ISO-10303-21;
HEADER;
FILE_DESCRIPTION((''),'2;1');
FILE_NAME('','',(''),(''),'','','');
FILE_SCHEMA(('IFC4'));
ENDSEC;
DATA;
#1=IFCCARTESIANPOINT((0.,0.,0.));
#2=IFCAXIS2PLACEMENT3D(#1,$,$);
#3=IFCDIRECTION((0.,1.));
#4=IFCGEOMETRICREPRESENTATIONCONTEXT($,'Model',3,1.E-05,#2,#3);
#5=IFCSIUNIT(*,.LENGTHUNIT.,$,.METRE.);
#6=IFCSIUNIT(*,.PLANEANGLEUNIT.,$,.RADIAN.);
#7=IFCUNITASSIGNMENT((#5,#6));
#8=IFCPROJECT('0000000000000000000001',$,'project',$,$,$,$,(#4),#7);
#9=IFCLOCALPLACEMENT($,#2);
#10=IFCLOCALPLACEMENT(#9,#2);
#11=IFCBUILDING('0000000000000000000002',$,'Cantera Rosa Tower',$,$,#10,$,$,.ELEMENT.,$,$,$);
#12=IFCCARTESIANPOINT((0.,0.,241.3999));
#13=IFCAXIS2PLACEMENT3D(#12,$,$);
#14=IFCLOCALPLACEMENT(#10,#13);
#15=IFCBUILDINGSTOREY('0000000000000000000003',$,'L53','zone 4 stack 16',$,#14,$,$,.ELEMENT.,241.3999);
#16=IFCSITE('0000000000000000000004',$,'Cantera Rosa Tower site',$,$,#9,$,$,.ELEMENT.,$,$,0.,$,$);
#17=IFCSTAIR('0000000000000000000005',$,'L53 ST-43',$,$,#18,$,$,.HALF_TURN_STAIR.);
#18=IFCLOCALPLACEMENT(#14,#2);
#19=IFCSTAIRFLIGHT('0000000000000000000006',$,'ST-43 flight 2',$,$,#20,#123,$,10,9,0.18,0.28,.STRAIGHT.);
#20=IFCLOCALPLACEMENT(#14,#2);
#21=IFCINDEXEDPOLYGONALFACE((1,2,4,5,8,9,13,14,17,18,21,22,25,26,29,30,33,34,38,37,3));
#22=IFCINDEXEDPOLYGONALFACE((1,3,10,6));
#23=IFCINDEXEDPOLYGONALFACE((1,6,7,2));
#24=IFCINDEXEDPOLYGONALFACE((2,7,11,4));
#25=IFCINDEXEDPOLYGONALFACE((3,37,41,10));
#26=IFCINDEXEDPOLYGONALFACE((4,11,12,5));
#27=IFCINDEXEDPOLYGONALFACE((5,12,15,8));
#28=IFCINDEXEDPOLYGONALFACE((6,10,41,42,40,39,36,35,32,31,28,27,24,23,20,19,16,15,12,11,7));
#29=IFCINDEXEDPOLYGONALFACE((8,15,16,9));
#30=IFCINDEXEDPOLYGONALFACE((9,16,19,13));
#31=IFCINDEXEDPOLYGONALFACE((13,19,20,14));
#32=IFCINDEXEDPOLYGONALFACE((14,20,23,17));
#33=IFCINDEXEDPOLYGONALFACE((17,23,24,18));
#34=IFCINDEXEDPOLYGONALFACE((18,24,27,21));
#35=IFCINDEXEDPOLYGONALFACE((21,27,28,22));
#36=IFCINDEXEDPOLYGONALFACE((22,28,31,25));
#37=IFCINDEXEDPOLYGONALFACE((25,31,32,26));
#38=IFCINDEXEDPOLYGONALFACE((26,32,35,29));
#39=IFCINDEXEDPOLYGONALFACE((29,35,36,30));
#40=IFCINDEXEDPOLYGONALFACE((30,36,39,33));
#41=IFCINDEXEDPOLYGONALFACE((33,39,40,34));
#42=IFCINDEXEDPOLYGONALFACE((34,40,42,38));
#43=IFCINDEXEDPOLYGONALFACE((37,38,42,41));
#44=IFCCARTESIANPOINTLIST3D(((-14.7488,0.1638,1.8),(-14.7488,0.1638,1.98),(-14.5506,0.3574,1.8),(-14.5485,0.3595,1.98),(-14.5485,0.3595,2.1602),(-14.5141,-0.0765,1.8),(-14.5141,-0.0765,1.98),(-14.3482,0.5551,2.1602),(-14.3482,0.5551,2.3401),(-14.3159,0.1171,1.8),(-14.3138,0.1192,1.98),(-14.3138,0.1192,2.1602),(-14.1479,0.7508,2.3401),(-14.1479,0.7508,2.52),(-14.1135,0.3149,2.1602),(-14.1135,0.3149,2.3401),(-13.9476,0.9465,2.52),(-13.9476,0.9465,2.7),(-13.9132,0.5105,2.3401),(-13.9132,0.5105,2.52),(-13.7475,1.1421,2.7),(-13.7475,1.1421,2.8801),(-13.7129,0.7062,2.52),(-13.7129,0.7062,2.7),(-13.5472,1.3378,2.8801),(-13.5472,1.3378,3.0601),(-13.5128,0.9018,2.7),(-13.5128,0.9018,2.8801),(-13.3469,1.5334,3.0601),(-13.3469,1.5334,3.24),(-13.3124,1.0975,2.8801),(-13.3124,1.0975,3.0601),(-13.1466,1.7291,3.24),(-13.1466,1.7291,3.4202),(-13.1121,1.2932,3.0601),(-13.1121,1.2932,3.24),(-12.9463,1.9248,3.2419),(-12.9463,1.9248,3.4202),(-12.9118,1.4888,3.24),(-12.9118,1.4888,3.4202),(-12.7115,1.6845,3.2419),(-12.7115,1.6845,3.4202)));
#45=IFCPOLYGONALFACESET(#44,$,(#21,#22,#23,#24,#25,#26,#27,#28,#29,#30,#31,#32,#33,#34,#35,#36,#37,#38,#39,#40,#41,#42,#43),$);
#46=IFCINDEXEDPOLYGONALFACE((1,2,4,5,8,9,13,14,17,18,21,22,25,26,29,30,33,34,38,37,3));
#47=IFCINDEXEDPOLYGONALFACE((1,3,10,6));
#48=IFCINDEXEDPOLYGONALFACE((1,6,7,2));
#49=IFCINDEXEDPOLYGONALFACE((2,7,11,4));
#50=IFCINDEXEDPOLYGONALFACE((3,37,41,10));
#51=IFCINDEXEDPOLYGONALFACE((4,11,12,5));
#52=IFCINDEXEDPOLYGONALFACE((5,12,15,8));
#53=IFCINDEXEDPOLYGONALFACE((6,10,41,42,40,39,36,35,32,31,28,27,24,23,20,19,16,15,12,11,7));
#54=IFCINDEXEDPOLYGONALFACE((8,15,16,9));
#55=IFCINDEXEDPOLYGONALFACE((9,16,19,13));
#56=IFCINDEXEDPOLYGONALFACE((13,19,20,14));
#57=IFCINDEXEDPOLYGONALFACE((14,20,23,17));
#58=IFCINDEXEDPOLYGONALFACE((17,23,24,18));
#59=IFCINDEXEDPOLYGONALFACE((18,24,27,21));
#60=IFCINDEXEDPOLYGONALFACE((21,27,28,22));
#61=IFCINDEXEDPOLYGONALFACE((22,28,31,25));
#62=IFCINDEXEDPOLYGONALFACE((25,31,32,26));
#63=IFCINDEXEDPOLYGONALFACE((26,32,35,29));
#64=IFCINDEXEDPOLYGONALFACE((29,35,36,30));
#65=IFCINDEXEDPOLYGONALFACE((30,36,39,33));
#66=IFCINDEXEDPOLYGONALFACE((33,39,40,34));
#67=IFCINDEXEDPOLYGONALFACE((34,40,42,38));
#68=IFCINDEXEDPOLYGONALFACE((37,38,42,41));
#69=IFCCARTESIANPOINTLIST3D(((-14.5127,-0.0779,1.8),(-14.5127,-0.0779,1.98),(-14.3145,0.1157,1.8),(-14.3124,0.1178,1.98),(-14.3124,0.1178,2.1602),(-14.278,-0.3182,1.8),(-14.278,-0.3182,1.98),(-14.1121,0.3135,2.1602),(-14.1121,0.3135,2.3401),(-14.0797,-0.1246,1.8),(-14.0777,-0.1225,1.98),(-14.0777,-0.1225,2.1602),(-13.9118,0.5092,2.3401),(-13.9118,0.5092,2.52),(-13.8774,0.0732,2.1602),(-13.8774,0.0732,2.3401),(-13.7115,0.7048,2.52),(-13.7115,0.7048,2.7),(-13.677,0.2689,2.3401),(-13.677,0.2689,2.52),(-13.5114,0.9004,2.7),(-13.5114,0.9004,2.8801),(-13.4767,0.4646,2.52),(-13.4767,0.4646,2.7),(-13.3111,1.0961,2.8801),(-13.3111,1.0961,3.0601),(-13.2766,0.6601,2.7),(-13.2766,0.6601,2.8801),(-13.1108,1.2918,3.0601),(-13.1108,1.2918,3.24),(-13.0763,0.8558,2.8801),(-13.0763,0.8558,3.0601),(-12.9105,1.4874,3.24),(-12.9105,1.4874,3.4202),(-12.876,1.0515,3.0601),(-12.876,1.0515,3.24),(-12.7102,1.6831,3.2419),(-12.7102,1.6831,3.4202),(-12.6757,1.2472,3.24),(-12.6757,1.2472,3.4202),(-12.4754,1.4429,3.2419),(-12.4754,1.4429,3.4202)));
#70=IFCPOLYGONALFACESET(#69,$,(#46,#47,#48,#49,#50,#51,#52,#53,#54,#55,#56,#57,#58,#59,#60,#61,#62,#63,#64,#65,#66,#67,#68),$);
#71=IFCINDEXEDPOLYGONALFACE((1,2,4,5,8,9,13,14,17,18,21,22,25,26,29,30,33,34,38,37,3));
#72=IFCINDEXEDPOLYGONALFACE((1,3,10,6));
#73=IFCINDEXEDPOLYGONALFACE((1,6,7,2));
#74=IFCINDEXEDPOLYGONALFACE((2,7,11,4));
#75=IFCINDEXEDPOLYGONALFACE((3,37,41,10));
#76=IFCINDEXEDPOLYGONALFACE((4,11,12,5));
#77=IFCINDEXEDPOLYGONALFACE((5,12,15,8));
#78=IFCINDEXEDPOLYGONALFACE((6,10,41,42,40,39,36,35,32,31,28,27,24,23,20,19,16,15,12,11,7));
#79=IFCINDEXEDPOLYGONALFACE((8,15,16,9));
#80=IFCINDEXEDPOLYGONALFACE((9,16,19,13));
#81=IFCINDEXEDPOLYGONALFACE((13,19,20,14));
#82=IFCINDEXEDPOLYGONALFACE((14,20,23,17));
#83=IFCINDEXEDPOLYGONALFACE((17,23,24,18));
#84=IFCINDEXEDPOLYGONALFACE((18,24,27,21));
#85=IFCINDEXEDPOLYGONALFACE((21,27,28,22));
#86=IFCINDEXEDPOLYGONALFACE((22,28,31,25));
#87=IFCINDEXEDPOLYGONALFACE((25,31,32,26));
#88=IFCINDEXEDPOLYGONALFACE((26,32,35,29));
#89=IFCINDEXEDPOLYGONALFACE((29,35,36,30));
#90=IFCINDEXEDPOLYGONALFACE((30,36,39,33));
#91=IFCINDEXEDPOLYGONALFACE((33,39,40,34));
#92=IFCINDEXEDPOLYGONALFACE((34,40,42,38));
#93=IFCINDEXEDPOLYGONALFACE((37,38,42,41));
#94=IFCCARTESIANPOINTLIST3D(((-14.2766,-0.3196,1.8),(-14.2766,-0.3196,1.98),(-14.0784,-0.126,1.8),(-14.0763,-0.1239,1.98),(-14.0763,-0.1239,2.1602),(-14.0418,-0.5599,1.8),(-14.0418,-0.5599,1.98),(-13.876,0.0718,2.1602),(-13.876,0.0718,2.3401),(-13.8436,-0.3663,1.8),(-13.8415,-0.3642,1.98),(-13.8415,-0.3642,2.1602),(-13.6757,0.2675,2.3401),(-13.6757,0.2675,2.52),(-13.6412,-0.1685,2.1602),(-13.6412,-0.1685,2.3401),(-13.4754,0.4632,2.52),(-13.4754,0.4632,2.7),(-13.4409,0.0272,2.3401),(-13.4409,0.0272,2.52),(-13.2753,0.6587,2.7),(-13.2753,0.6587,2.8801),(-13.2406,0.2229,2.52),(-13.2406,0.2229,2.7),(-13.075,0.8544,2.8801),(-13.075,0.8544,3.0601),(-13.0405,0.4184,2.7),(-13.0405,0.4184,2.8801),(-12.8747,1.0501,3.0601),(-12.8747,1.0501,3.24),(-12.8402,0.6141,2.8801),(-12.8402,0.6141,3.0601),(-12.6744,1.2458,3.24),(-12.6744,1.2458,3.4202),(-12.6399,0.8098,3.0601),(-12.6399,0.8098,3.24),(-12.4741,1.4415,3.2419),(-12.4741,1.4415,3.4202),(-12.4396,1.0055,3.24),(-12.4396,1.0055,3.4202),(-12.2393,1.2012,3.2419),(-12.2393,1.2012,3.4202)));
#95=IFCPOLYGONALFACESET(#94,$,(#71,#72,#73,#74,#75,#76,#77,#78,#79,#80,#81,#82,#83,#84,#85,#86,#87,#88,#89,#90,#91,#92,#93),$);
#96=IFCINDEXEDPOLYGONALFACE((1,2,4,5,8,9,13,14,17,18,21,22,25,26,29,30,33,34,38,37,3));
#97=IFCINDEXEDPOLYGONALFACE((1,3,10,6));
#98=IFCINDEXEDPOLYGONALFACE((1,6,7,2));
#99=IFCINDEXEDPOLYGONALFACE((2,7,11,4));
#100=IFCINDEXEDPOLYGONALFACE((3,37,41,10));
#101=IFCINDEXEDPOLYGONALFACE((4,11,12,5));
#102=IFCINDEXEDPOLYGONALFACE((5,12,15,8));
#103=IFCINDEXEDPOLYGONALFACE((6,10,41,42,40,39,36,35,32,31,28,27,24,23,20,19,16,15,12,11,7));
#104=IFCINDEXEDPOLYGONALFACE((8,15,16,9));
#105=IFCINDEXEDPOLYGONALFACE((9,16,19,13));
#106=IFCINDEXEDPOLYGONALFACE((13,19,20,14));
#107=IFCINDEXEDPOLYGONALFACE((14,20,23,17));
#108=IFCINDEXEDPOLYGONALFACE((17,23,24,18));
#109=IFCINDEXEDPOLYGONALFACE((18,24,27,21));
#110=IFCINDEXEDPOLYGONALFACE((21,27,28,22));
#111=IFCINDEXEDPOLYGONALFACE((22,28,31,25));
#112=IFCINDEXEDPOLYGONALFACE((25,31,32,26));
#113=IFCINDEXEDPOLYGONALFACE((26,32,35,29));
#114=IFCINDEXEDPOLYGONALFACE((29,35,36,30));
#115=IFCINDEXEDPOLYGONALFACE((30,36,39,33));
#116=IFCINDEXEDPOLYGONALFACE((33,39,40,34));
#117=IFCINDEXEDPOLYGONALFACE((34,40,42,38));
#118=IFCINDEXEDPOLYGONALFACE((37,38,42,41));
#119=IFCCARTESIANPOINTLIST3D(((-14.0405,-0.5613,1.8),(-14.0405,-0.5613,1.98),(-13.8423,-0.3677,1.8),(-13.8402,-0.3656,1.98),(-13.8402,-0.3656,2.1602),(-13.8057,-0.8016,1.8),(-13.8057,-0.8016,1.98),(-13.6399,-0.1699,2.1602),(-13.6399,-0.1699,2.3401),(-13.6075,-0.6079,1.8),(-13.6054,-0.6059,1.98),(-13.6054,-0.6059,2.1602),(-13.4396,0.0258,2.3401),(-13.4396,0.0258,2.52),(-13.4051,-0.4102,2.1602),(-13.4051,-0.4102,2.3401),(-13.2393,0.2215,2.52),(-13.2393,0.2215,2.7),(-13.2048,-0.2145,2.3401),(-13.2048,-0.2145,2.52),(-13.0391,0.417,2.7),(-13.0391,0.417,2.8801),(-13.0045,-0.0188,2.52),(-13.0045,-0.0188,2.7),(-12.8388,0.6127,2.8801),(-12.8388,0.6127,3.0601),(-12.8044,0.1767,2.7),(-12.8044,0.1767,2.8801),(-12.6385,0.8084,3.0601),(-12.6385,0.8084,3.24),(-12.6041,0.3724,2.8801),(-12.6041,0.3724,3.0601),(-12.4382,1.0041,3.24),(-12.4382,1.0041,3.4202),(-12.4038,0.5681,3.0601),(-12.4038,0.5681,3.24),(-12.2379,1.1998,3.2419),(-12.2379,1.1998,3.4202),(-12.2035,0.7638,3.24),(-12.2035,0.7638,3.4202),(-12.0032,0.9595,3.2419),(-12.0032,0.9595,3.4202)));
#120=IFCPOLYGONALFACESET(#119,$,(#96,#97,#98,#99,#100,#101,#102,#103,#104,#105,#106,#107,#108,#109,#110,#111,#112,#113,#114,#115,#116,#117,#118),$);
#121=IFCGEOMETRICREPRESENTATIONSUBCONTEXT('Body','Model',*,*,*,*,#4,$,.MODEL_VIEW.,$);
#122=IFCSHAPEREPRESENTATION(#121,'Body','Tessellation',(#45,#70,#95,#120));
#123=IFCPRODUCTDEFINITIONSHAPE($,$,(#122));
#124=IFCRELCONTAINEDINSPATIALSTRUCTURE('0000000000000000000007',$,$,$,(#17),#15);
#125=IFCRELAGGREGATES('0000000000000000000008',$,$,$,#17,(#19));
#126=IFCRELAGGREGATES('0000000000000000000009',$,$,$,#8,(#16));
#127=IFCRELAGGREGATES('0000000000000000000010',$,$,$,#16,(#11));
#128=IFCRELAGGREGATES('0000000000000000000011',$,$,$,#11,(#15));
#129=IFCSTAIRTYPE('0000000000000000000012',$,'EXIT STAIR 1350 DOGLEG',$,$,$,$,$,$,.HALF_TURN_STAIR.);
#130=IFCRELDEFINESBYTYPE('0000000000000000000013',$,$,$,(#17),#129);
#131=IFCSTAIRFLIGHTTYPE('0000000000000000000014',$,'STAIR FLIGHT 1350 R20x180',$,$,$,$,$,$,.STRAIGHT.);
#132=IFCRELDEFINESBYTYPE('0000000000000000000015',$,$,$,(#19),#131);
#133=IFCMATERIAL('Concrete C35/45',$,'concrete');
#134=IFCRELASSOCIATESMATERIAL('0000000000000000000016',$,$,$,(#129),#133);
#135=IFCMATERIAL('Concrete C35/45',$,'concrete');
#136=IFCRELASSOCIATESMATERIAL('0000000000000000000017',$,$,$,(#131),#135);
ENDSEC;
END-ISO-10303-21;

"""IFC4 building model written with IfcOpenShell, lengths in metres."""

from ifc_helpers import new_model, si_unit, direction, frame, origin, place, context, subcontext, project, spatial, polyline, outline, extrude, material, type_object, element, aggregate, save


model = new_model("IFC4")

# Units and contexts
model_context = context("Model", 3, precision=1e-05, world=origin(), true_north=direction((0.0, 1.0)))
body_context = subcontext(model_context, "Body", "Model", "MODEL_VIEW")
ifc_project = project(units=[si_unit("LENGTHUNIT", "METRE"), si_unit("PLANEANGLEUNIT", "RADIAN")], contexts=[model_context])

# Site, building, storey
site_placement = place(None, origin())
site = spatial("IfcSite", under=ifc_project, at=site_placement, Name="Cantera Rosa Tower site", CompositionType="ELEMENT", RefElevation=0.0)
building_placement = place(site_placement, origin())
building = spatial("IfcBuilding", under=site, at=building_placement, Name="Cantera Rosa Tower", CompositionType="ELEMENT")
storey_placement = place(building_placement, frame((0.0, 0.0, 241.3999)))
storey = spatial("IfcBuildingStorey", under=building, at=storey_placement, Name="L53", Description="zone 4 stack 16", CompositionType="ELEMENT", Elevation=241.3999)

# Stair, stair flight
ifc_material_1 = material(Name="Concrete C35/45", Category="concrete")
stair_type = type_object("IfcStairType", Name="EXIT STAIR 1350 DOGLEG", PredefinedType="HALF_TURN_STAIR", material=ifc_material_1)
stair_placement = place(storey_placement, origin())
stair = element("IfcStair", 1, at=stair_placement, inside=storey, type_object=stair_type, Name="L53 ST-43", PredefinedType="HALF_TURN_STAIR")
ifc_material_2 = material(Name="Concrete C35/45", Category="concrete")
stair_flight_type = type_object("IfcStairFlightType", Name="STAIR FLIGHT 1350 R20x180", PredefinedType="STRAIGHT", material=ifc_material_2)
stair_flight_1_placement = place(storey_placement, frame((-14.2771, -0.3191, 1.8), z_axis=(0.0, 0.0, 1.0), x_axis=(0.715286, 0.698832, 0.0)))
stair_flight_1 = element("IfcStairFlight", 2, at=stair_flight_1_placement, type_object=stair_flight_type, Name="ST-43 flight 2", NumberOfRisers=10, NumberOfTreads=9, PredefinedType="STRAIGHT", RiserHeight=0.18, TreadLength=0.28, context=body_context, shape_type="SweptSolid", body=[
    extrude(outline(polyline([(0.0, 0.0), (0.0, 0.1799), (0.28, 0.1799), (0.28, 0.3601), (0.5601, 0.3601), (0.5601, 0.54), (0.8401, 0.54), (0.8401, 0.72), (1.1201, 0.72), (1.1201, 0.8999), (1.3999, 0.8999), (1.3999, 1.0801), (1.6799, 1.0801), (1.6799, 1.26), (1.96, 1.26), (1.96, 1.4399), (2.24, 1.4399), (2.24, 1.6201), (2.52, 1.6201), (2.52, 1.8), (2.52, 1.4419), (0.2771, 0.0), (0.0, 0.0)])), frame((0.0, 0.675, 0.0), z_axis=(0.0, -1.0, 0.0), x_axis=(1.0, 0.0, 0.0)), (0.0, 0.0, 1.0), 0.3359),
    extrude(outline(polyline([(0.0, 0.0), (0.0, 0.1799), (0.28, 0.1799), (0.28, 0.3601), (0.5601, 0.3601), (0.5601, 0.54), (0.8401, 0.54), (0.8401, 0.72), (1.1201, 0.72), (1.1201, 0.8999), (1.3999, 0.8999), (1.3999, 1.0801), (1.6799, 1.0801), (1.6799, 1.26), (1.96, 1.26), (1.96, 1.4399), (2.24, 1.4399), (2.24, 1.6201), (2.52, 1.6201), (2.52, 1.8), (2.52, 1.4419), (0.2771, 0.0), (0.0, 0.0)])), frame((0.0, 0.3372, 0.0), z_axis=(0.0, -1.0, 0.0), x_axis=(1.0, 0.0, 0.0)), (0.0, 0.0, 1.0), 0.3359),
    extrude(outline(polyline([(0.0, 0.0), (0.0, 0.1799), (0.28, 0.1799), (0.28, 0.3601), (0.5601, 0.3601), (0.5601, 0.54), (0.8401, 0.54), (0.8401, 0.72), (1.1201, 0.72), (1.1201, 0.8999), (1.3999, 0.8999), (1.3999, 1.0801), (1.6799, 1.0801), (1.6799, 1.26), (1.96, 1.26), (1.96, 1.4399), (2.24, 1.4399), (2.24, 1.6201), (2.52, 1.6201), (2.52, 1.8), (2.52, 1.4419), (0.2771, 0.0), (0.0, 0.0)])), frame((0.0, -0.0007, 0.0), z_axis=(0.0, -1.0, 0.0), x_axis=(1.0, 0.0, 0.0)), (0.0, 0.0, 1.0), 0.3359),
    extrude(outline(polyline([(0.0, 0.0), (0.0, 0.1799), (0.28, 0.1799), (0.28, 0.3601), (0.5601, 0.3601), (0.5601, 0.54), (0.8401, 0.54), (0.8401, 0.72), (1.1201, 0.72), (1.1201, 0.8999), (1.3999, 0.8999), (1.3999, 1.0801), (1.6799, 1.0801), (1.6799, 1.26), (1.96, 1.26), (1.96, 1.4399), (2.24, 1.4399), (2.24, 1.6201), (2.52, 1.6201), (2.52, 1.8), (2.52, 1.4419), (0.2771, 0.0), (0.0, 0.0)])), frame((0.0, -0.3386, 0.0), z_axis=(0.0, -1.0, 0.0), x_axis=(1.0, 0.0, 0.0)), (0.0, 0.0, 1.0), 0.3359),
])
aggregate(stair, [stair_flight_1])

save(model, "model.ifc")
